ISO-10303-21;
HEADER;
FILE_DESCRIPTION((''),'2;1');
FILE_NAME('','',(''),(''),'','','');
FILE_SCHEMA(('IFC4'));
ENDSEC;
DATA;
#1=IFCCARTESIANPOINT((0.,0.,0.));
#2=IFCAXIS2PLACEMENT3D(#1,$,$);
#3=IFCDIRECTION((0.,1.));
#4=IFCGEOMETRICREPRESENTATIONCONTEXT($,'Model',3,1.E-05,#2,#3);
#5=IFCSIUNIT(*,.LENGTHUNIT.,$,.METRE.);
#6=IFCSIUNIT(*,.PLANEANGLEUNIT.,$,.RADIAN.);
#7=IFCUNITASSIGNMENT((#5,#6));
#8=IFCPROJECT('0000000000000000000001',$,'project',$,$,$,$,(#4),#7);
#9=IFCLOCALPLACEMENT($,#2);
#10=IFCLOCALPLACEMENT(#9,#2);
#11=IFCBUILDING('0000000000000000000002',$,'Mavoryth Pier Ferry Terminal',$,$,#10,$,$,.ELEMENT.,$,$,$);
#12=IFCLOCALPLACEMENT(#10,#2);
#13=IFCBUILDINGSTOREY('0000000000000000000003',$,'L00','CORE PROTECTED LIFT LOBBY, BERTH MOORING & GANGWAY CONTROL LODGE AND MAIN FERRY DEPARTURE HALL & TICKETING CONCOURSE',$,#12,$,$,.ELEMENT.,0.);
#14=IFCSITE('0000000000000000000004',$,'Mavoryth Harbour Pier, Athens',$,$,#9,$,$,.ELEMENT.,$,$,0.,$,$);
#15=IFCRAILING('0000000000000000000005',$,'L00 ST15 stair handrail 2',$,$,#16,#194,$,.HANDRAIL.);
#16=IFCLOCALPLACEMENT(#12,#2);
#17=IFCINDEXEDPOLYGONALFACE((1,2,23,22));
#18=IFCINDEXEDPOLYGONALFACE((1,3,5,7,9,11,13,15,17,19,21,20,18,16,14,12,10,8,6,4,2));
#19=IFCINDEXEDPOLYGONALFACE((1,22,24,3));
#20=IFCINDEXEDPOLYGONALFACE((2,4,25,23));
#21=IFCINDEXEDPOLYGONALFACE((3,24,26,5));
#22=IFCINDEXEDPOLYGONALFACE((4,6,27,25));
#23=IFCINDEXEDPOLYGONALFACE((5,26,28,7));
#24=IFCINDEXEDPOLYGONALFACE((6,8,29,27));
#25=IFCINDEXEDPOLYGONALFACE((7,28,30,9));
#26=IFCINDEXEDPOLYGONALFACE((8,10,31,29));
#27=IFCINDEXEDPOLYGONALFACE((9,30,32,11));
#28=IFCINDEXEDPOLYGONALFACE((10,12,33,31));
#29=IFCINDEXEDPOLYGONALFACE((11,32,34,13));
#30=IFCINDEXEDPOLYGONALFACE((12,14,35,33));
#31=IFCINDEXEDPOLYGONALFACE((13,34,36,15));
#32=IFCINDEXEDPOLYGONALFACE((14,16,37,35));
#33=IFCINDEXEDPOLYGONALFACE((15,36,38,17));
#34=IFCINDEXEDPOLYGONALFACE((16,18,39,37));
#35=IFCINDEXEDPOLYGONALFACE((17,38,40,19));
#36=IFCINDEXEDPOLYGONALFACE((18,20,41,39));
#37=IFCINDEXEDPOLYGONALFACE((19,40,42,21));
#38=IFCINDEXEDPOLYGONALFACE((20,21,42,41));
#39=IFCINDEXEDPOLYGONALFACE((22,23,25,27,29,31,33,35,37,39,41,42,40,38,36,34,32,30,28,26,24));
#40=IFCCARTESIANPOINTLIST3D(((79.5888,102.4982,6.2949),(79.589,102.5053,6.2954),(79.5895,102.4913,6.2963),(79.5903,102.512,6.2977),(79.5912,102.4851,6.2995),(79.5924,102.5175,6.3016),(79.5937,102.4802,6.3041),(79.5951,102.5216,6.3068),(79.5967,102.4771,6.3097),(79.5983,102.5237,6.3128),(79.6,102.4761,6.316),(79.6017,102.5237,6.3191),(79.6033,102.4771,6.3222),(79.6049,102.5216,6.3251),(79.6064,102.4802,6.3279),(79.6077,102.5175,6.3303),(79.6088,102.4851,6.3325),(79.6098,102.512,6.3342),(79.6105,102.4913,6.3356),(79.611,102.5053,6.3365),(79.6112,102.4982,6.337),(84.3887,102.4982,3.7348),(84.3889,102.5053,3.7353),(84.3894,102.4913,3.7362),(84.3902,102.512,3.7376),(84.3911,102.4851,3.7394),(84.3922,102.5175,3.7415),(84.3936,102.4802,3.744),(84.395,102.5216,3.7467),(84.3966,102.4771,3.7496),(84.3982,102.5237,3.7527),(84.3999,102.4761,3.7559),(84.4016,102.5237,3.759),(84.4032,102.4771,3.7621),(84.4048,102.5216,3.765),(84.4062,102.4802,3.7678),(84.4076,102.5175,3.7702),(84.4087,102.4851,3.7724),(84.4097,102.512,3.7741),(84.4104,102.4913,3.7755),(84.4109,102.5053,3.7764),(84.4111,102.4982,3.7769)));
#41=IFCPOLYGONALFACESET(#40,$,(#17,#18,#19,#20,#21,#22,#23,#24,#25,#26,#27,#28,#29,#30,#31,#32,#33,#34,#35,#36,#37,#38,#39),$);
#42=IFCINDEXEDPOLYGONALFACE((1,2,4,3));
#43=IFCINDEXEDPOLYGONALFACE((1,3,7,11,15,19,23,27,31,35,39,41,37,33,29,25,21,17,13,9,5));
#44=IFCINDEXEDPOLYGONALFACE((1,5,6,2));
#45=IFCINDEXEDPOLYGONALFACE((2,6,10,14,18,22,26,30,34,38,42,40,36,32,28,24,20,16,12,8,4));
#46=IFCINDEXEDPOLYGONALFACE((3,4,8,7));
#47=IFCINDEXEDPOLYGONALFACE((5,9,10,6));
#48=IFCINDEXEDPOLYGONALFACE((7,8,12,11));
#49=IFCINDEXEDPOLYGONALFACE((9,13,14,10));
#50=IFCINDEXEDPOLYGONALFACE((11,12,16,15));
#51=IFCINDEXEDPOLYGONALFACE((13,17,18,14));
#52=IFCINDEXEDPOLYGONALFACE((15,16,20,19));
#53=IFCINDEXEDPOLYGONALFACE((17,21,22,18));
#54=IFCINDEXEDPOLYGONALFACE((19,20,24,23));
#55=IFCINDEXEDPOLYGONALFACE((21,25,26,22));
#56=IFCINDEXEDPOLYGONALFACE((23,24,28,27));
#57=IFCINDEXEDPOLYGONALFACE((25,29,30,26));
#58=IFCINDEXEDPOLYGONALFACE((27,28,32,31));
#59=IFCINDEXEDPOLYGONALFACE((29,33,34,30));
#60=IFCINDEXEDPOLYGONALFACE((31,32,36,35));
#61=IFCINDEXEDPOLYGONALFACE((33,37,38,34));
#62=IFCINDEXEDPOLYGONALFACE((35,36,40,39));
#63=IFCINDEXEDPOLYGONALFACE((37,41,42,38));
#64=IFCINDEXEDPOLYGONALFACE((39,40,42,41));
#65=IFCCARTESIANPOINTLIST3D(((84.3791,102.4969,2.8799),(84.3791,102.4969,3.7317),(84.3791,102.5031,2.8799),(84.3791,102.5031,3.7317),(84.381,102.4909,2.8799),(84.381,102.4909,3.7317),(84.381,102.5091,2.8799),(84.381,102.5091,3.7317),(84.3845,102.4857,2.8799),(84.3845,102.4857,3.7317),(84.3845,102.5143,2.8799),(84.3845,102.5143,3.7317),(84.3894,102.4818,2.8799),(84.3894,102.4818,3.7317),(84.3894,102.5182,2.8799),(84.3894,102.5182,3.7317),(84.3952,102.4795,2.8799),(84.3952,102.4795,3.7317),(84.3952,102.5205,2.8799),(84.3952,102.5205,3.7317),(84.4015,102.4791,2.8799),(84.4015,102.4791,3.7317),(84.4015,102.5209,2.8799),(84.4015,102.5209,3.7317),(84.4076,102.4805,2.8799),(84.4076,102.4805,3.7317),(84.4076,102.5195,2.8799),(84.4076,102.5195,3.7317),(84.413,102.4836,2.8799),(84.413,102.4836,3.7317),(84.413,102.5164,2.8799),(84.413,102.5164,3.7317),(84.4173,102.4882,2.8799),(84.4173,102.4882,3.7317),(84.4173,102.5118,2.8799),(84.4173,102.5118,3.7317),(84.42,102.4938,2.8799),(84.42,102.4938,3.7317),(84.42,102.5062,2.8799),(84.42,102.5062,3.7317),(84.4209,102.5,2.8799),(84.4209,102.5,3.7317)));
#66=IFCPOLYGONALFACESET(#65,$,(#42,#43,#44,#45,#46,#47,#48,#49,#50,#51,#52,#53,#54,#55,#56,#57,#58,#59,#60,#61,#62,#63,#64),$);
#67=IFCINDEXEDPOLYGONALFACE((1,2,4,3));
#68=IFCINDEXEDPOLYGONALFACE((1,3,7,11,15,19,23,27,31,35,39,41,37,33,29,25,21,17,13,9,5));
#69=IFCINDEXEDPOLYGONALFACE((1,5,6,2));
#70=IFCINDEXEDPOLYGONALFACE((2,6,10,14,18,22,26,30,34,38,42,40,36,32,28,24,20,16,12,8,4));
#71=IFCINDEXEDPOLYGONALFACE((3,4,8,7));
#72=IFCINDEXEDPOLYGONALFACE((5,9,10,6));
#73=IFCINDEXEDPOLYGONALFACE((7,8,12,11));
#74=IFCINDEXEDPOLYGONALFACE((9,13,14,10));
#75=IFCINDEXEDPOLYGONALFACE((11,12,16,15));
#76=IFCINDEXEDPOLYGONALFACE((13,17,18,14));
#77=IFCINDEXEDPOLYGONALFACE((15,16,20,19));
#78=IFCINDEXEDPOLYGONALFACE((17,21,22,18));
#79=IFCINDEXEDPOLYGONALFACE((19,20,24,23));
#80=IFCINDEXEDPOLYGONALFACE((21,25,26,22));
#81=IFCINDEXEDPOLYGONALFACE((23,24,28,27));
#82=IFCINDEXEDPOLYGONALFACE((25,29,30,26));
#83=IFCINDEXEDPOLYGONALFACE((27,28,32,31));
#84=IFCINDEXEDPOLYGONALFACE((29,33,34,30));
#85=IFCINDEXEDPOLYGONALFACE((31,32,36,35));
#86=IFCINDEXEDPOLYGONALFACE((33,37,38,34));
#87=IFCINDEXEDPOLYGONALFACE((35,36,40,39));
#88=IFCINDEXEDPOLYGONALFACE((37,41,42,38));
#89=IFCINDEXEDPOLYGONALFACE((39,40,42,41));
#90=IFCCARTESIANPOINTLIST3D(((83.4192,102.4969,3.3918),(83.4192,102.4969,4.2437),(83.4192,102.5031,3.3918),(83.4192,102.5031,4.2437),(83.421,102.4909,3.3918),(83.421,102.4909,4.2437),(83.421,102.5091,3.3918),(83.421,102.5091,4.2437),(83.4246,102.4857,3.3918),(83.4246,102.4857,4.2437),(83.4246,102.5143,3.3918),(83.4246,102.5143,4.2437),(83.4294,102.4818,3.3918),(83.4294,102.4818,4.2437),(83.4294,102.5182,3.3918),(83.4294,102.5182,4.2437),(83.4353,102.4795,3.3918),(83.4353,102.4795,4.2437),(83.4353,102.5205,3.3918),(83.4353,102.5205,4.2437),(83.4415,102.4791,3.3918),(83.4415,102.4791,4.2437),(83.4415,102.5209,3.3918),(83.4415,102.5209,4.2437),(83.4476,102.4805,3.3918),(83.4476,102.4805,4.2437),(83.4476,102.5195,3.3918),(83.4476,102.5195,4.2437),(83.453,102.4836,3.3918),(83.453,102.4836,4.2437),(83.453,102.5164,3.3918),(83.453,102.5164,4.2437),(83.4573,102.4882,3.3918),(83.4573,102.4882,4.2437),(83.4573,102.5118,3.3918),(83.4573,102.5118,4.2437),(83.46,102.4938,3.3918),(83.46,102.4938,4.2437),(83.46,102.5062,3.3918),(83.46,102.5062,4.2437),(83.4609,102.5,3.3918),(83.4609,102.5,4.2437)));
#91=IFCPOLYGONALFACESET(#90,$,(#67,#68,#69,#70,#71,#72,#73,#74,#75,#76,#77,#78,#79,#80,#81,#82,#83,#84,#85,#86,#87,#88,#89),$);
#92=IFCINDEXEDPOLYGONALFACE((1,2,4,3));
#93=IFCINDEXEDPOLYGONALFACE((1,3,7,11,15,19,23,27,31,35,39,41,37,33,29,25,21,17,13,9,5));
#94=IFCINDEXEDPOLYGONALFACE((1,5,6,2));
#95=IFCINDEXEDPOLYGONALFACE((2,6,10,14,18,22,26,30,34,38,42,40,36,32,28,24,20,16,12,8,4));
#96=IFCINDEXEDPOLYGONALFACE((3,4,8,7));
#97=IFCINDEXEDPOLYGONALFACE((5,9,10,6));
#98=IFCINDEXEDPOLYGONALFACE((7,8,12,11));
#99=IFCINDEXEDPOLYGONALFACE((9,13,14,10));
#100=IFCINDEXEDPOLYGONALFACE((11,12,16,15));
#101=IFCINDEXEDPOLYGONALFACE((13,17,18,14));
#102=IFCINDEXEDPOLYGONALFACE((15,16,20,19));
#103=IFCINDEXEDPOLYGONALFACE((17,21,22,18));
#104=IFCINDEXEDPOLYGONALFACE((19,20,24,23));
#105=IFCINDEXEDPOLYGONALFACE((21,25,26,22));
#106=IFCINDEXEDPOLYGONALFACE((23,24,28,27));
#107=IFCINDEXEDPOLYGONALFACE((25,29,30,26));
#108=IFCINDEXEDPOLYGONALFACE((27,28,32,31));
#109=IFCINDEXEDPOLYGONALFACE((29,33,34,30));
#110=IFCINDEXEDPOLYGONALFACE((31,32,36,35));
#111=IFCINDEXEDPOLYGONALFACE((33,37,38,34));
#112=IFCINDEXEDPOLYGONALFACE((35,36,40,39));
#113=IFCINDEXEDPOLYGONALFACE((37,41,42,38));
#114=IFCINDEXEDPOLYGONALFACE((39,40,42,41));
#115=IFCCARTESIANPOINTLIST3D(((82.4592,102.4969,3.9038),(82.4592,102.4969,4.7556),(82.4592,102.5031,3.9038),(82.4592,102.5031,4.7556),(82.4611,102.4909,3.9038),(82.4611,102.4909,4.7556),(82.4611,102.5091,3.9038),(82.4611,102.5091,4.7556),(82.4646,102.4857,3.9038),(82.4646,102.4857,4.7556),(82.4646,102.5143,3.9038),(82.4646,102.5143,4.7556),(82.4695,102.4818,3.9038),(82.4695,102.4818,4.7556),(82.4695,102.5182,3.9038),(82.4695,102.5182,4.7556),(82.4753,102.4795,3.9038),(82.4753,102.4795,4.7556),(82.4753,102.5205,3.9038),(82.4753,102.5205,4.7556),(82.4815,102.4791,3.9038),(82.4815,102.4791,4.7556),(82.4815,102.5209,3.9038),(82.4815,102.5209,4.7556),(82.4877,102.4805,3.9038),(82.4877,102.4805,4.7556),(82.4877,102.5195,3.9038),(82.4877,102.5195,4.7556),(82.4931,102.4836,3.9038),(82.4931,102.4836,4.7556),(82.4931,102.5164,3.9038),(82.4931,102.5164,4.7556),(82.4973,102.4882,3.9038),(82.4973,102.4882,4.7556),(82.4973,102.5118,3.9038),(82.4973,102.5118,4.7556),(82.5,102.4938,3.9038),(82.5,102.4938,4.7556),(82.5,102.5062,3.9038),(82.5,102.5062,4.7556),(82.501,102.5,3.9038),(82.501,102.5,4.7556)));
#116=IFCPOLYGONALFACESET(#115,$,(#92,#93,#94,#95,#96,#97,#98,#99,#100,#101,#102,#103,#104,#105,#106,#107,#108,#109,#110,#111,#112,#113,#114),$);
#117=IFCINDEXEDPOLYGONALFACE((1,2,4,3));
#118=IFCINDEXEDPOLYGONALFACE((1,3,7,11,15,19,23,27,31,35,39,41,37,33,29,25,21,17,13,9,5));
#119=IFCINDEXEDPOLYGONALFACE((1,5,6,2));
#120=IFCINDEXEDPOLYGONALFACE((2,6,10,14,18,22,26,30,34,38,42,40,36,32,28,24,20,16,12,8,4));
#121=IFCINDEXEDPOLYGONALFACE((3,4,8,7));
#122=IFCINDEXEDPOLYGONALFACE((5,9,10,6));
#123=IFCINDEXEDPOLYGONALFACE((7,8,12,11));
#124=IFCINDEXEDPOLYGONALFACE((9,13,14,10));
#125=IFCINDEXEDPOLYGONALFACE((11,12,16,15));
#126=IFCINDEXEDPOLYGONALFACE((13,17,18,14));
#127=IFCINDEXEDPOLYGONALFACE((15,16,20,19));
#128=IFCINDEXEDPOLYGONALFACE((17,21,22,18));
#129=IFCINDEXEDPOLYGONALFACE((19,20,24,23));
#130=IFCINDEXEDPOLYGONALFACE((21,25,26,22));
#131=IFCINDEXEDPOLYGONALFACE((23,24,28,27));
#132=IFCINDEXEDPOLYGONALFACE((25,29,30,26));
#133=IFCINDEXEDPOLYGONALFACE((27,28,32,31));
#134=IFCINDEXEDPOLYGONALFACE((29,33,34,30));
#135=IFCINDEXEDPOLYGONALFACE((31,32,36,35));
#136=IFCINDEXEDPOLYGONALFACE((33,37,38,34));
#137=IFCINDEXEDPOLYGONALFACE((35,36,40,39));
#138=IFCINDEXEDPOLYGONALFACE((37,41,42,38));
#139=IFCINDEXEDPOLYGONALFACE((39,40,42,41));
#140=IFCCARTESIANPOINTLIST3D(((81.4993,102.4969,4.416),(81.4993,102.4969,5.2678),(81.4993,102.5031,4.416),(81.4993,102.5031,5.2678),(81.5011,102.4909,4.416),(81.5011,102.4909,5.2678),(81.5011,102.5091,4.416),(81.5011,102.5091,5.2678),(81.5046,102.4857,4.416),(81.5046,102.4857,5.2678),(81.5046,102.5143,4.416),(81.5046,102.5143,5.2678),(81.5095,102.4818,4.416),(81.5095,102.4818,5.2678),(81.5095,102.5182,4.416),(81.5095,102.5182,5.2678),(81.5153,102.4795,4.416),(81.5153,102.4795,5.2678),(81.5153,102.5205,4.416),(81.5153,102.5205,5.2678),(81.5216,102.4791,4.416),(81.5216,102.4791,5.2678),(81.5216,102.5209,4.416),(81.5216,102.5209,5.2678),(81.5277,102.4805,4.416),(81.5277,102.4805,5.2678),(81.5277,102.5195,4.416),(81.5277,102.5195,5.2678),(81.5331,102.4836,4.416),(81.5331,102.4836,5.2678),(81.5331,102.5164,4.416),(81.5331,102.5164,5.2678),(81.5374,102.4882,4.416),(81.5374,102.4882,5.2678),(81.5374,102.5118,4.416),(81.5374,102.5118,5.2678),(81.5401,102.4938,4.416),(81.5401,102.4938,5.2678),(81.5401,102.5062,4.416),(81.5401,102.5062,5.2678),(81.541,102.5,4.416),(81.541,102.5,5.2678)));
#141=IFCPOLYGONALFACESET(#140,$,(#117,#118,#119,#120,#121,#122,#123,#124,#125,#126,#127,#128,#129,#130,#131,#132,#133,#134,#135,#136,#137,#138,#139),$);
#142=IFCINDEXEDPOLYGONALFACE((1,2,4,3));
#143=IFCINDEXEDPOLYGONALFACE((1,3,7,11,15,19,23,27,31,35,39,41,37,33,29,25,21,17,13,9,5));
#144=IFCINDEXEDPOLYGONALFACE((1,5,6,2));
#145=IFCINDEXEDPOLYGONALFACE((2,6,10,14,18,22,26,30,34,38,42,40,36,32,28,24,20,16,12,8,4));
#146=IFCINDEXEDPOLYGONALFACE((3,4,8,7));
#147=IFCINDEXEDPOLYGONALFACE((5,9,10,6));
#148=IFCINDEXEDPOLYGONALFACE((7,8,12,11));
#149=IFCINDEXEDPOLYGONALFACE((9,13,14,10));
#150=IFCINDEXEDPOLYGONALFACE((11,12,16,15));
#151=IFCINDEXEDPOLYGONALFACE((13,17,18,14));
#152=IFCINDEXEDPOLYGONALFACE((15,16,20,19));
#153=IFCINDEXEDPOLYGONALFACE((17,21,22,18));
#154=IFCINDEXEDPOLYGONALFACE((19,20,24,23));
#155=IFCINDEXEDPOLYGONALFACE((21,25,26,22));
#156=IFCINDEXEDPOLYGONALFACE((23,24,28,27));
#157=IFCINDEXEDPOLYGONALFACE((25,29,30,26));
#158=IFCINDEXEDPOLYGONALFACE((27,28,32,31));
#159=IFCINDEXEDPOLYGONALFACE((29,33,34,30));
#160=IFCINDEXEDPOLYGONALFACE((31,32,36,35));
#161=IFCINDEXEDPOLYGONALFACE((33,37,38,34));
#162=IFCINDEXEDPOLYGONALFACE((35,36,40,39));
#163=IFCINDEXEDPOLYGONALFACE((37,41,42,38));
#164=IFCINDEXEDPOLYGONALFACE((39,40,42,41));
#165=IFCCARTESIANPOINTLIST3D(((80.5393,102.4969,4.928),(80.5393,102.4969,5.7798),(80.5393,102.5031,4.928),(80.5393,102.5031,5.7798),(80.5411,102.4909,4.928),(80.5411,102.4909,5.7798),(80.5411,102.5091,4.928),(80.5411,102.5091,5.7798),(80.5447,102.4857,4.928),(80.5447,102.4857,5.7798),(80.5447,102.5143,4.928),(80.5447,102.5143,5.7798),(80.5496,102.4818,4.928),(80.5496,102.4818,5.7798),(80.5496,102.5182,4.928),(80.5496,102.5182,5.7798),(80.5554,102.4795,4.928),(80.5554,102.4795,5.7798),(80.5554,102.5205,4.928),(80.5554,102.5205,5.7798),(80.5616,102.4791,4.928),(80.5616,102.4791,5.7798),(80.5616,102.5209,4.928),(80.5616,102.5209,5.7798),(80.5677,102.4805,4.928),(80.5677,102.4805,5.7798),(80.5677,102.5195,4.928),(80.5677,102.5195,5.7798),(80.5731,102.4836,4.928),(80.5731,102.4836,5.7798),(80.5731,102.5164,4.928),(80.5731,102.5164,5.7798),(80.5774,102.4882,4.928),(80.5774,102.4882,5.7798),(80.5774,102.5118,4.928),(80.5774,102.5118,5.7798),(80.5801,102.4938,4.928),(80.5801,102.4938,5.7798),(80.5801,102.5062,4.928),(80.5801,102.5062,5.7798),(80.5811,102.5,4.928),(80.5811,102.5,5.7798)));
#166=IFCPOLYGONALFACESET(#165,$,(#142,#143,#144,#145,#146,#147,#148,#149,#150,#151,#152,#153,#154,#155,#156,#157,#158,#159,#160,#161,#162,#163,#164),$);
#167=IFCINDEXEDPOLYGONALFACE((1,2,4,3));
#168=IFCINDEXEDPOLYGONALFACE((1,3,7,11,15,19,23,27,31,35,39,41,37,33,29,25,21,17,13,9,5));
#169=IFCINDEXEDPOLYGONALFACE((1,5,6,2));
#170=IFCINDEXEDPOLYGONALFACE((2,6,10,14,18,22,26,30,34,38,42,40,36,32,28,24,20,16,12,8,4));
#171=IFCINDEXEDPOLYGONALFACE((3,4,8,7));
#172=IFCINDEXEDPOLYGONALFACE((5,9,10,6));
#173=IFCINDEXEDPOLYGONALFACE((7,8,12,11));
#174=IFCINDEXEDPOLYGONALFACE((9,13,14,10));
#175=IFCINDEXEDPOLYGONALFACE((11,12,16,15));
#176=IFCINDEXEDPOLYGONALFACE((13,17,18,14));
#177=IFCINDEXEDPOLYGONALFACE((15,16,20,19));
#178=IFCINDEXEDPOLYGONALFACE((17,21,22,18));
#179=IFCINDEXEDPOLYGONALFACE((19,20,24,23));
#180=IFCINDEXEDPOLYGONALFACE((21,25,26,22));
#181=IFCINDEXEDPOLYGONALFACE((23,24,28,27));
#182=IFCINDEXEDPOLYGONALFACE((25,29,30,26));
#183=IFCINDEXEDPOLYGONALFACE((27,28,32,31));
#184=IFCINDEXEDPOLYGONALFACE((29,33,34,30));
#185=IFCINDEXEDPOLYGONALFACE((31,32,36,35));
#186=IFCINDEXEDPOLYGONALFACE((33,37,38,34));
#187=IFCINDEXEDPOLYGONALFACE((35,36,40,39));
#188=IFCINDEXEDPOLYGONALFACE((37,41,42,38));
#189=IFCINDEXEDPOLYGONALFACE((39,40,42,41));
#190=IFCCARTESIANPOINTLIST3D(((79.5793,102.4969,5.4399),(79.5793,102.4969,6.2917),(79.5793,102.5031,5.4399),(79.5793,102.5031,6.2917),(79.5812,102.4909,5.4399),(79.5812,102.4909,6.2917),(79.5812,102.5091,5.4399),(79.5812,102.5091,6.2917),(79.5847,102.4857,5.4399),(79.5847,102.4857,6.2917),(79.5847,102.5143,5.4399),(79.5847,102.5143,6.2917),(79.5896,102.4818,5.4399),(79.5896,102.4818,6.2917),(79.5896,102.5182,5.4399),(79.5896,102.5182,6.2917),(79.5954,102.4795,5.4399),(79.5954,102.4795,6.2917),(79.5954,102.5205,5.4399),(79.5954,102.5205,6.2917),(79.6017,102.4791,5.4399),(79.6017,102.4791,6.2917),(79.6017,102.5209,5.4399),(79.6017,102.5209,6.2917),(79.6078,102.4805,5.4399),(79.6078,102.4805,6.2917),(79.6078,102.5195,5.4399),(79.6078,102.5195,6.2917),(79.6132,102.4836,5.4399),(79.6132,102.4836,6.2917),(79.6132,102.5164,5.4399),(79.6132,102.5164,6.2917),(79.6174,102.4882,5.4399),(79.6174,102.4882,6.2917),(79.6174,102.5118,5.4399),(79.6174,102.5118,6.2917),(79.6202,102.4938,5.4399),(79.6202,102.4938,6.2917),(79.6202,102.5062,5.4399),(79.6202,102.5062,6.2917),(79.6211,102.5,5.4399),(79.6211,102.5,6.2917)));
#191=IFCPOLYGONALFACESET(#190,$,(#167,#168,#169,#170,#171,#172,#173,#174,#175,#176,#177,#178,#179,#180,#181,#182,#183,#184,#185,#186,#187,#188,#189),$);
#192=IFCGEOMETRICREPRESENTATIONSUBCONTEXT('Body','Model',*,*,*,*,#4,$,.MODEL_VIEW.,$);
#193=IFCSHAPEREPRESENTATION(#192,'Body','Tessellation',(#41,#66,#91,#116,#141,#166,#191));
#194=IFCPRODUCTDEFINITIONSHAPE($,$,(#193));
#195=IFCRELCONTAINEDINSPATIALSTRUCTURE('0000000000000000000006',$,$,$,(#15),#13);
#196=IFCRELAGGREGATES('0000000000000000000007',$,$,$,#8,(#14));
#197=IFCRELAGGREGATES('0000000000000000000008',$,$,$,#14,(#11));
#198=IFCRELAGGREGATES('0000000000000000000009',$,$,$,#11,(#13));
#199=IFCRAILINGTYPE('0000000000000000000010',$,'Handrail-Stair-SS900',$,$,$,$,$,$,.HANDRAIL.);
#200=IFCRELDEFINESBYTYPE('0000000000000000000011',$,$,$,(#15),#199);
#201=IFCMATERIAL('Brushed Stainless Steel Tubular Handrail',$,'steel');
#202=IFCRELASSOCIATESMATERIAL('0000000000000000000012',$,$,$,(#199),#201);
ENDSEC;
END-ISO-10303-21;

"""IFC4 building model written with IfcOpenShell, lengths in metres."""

from ifc_helpers import new_model, si_unit, direction, frame, origin, origin_2d, place, context, subcontext, project, spatial, circle, extrude, material, type_object, element, save


model = new_model("IFC4")

# Units and contexts
model_context = context("Model", 3, precision=1e-05, world=origin(), true_north=direction((0.0, 1.0)))
body_context = subcontext(model_context, "Body", "Model", "MODEL_VIEW")
ifc_project = project(units=[si_unit("LENGTHUNIT", "METRE"), si_unit("PLANEANGLEUNIT", "RADIAN")], contexts=[model_context])

# Site, building, storey
site_placement = place(None, origin())
site = spatial("IfcSite", under=ifc_project, at=site_placement, Name="Mavoryth Harbour Pier, Athens", CompositionType="ELEMENT", RefElevation=0.0)
building_placement = place(site_placement, origin())
building = spatial("IfcBuilding", under=site, at=building_placement, Name="Mavoryth Pier Ferry Terminal", CompositionType="ELEMENT")
storey_placement = place(building_placement, origin())
storey = spatial("IfcBuildingStorey", under=building, at=storey_placement, Name="L00", Description="CORE PROTECTED LIFT LOBBY, BERTH MOORING & GANGWAY CONTROL LODGE AND MAIN FERRY DEPARTURE HALL & TICKETING CONCOURSE", CompositionType="ELEMENT", Elevation=0.0)

# Railing
ifc_material_1 = material(Name="Brushed Stainless Steel Tubular Handrail", Category="steel")
railing_type_1 = type_object("IfcRailingType", Name="Handrail-Stair-SS900", PredefinedType="HANDRAIL", material=ifc_material_1)
railing_1_placement = place(storey_placement, frame((84.3999, 102.5, 2.8799)))
element("IfcRailing", 1, at=railing_1_placement, inside=storey, type_object=railing_type_1, Name="L00 ST15 stair handrail 2", PredefinedType="HANDRAIL", context=body_context, shape_type="SweptSolid", body=[
    extrude(circle(Radius=0.0239, at=origin_2d()), frame((0.0, 0.0, 0.876), z_axis=(-0.882341, 0.0, 0.470612), x_axis=(0.0, -1.0, 0.0)), (0.0, 0.0, 1.0), 5.4399),
    extrude(circle(Radius=0.021, at=origin_2d()), origin(), (0.0, 0.0, 1.0), 0.8518),
    extrude(circle(Radius=0.021, at=origin_2d()), frame((-0.96, 0.0, 0.512)), (0.0, 0.0, 1.0), 0.8518),
    extrude(circle(Radius=0.021, at=origin_2d()), frame((-1.9199, 0.0, 1.0239)), (0.0, 0.0, 1.0), 0.8518),
    extrude(circle(Radius=0.021, at=origin_2d()), frame((-2.8799, 0.0, 1.5361)), (0.0, 0.0, 1.0), 0.8518),
    extrude(circle(Radius=0.021, at=origin_2d()), frame((-3.8398, 0.0, 2.0481)), (0.0, 0.0, 1.0), 0.8518),
    extrude(circle(Radius=0.021, at=origin_2d()), frame((-4.7998, 0.0, 2.5601)), (0.0, 0.0, 1.0), 0.8518),
])

save(model, "model.ifc")
